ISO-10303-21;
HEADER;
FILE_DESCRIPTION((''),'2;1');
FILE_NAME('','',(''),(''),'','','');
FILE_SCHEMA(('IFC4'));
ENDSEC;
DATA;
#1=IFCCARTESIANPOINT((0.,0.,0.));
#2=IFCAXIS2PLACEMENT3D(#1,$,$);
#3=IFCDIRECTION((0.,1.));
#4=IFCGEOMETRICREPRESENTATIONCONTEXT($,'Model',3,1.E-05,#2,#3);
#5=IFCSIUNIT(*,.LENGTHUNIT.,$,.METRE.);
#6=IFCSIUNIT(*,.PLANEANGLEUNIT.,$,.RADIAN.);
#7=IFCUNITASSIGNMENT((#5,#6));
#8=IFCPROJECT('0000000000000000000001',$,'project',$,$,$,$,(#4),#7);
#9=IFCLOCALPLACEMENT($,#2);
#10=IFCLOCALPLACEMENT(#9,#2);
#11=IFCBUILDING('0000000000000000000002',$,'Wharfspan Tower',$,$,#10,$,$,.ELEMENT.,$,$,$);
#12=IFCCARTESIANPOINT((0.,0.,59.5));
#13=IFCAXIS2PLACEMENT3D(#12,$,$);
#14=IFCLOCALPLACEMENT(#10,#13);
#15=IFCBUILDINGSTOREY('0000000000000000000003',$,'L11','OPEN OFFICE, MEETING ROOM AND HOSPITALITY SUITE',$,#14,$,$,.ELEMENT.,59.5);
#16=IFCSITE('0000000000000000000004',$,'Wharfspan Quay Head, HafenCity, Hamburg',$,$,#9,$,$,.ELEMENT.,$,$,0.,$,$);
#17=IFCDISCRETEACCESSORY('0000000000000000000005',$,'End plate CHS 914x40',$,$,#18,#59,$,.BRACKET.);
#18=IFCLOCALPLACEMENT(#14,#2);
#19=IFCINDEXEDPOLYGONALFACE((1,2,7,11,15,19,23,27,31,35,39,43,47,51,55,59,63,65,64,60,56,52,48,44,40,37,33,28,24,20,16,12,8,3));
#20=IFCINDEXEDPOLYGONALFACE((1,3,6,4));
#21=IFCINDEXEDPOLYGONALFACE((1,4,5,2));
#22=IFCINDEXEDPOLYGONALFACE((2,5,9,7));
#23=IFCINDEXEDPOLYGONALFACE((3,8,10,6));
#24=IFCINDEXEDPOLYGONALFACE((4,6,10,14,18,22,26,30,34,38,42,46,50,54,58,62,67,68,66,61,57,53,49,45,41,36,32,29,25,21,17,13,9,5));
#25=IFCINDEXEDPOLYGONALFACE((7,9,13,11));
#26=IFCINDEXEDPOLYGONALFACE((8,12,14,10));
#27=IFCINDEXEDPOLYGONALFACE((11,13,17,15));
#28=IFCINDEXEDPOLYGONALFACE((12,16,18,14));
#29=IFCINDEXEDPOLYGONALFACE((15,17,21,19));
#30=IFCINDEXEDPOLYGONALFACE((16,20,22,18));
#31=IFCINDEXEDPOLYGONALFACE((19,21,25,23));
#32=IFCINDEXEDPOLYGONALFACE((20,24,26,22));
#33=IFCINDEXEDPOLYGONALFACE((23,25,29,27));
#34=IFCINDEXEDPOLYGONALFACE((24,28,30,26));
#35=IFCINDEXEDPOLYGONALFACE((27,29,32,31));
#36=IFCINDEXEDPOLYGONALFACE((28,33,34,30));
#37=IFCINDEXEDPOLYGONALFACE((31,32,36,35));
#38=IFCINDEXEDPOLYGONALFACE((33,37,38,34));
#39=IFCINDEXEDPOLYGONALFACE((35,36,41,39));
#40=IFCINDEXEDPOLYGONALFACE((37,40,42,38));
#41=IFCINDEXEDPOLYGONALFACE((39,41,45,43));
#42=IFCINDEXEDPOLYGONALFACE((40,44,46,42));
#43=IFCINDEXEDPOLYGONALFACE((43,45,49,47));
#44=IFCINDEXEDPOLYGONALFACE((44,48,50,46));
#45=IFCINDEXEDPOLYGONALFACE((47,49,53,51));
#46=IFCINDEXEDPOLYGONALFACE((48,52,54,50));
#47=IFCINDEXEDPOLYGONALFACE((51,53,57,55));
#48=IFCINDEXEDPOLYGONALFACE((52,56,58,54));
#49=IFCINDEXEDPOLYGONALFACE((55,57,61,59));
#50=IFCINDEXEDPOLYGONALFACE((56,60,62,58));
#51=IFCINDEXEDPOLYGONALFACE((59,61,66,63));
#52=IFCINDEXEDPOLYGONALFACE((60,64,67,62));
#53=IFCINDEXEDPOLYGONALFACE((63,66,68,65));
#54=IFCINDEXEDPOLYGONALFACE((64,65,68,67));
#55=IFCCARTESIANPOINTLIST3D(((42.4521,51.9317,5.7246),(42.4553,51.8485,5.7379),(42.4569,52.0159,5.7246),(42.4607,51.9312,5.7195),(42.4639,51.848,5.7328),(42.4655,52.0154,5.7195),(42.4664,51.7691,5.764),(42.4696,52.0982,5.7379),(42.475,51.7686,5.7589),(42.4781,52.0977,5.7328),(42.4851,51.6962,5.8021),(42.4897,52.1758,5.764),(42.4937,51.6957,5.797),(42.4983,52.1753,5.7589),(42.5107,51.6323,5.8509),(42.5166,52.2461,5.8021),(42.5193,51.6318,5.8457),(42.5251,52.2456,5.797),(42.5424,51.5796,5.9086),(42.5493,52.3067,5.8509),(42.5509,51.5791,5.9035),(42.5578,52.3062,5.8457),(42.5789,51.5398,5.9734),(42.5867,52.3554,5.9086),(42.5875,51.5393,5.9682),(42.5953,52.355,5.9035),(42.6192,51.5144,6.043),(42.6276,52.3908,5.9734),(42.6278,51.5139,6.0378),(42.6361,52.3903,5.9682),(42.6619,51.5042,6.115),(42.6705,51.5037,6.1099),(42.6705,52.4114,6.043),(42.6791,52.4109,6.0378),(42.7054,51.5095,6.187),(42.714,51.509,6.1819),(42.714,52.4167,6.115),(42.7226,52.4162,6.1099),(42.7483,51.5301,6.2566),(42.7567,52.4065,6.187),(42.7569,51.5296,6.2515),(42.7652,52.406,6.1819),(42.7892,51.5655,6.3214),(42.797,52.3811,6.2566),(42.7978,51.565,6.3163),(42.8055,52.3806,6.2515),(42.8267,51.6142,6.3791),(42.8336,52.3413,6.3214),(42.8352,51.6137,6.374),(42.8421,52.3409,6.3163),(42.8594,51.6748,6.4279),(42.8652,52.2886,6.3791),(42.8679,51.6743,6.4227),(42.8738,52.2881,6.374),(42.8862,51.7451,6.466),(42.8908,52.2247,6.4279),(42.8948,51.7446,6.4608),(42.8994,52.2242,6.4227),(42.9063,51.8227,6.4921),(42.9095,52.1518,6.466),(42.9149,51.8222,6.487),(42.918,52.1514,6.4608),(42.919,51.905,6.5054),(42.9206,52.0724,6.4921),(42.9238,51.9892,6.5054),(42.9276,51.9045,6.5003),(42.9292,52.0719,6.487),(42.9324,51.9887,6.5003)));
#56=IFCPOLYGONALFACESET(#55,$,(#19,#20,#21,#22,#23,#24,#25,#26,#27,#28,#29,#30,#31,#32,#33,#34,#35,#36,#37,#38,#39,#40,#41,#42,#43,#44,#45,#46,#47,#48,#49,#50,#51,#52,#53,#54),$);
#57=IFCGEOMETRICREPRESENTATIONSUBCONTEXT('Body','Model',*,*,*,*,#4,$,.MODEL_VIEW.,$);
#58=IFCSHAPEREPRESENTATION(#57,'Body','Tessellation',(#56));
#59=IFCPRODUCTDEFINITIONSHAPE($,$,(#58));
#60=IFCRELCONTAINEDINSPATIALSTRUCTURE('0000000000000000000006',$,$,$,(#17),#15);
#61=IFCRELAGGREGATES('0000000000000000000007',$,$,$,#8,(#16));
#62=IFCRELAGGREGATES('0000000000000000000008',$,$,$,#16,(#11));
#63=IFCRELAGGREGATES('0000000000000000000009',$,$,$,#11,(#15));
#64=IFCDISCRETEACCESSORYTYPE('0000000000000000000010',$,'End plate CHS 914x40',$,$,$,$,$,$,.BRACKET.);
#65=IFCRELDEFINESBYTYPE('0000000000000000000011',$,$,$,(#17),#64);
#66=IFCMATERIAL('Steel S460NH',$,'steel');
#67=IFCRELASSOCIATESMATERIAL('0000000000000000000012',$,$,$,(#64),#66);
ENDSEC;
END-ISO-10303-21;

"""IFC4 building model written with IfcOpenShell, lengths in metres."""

from ifc_helpers import new_model, si_unit, direction, frame, origin, origin_2d, place, context, subcontext, project, spatial, circle, extrude, material, material_profile, profile_set, type_object, element, save


model = new_model("IFC4")

# Units and contexts
model_context = context("Model", 3, precision=1e-05, world=origin(), true_north=direction((0.0, 1.0)))
body_context = subcontext(model_context, "Body", "Model", "MODEL_VIEW")
ifc_project = project(units=[si_unit("LENGTHUNIT", "METRE"), si_unit("PLANEANGLEUNIT", "RADIAN")], contexts=[model_context])

# Site, building, storey
site_placement = place(None, origin())
site = spatial("IfcSite", under=ifc_project, at=site_placement, Name="Wharfspan Quay Head, HafenCity, Hamburg", CompositionType="ELEMENT", RefElevation=0.0)
building_placement = place(site_placement, origin())
building = spatial("IfcBuilding", under=site, at=building_placement, Name="Wharfspan Tower", CompositionType="ELEMENT")
storey_placement = place(building_placement, frame((0.0, 0.0, 59.5)))
storey = spatial("IfcBuildingStorey", under=building, at=storey_placement, Name="L11", Description="OPEN OFFICE, MEETING ROOM AND HOSPITALITY SUITE", CompositionType="ELEMENT", Elevation=59.5)

# Shared definitions
ifc_material_1 = material(Name="Steel S460NH", Category="steel")

# Discrete accessory
ifc_material_profile_1 = material_profile(ifc_material_1, circle(Radius=0.457, at=origin_2d()))
ifc_profile_set_1 = profile_set([ifc_material_profile_1], Name="Steel S460NH")
discrete_accessory_type = type_object("IfcDiscreteAccessoryType", Name="End plate CHS 914x40", PredefinedType="BRACKET", material=ifc_profile_set_1)
for number, where, z_axis, x_axis, name in (
    (1, (42.6965, 51.96, 6.1099), (-0.856465, 0.048941, 0.513879), (-0.05705, -0.998372, 0.0), "End plate CHS 914x40"),
):
    element("IfcDiscreteAccessory", number, at=place(storey_placement, frame(where, z_axis=z_axis, x_axis=x_axis)), inside=storey, type_object=discrete_accessory_type, Name=name, PredefinedType="BRACKET", context=body_context, shape_type="SweptSolid", body=[
        extrude(circle(Radius=0.457, at=origin_2d()), origin(), (0.0, 0.0, 1.0), 0.01),
    ])

save(model, "model.ifc")
